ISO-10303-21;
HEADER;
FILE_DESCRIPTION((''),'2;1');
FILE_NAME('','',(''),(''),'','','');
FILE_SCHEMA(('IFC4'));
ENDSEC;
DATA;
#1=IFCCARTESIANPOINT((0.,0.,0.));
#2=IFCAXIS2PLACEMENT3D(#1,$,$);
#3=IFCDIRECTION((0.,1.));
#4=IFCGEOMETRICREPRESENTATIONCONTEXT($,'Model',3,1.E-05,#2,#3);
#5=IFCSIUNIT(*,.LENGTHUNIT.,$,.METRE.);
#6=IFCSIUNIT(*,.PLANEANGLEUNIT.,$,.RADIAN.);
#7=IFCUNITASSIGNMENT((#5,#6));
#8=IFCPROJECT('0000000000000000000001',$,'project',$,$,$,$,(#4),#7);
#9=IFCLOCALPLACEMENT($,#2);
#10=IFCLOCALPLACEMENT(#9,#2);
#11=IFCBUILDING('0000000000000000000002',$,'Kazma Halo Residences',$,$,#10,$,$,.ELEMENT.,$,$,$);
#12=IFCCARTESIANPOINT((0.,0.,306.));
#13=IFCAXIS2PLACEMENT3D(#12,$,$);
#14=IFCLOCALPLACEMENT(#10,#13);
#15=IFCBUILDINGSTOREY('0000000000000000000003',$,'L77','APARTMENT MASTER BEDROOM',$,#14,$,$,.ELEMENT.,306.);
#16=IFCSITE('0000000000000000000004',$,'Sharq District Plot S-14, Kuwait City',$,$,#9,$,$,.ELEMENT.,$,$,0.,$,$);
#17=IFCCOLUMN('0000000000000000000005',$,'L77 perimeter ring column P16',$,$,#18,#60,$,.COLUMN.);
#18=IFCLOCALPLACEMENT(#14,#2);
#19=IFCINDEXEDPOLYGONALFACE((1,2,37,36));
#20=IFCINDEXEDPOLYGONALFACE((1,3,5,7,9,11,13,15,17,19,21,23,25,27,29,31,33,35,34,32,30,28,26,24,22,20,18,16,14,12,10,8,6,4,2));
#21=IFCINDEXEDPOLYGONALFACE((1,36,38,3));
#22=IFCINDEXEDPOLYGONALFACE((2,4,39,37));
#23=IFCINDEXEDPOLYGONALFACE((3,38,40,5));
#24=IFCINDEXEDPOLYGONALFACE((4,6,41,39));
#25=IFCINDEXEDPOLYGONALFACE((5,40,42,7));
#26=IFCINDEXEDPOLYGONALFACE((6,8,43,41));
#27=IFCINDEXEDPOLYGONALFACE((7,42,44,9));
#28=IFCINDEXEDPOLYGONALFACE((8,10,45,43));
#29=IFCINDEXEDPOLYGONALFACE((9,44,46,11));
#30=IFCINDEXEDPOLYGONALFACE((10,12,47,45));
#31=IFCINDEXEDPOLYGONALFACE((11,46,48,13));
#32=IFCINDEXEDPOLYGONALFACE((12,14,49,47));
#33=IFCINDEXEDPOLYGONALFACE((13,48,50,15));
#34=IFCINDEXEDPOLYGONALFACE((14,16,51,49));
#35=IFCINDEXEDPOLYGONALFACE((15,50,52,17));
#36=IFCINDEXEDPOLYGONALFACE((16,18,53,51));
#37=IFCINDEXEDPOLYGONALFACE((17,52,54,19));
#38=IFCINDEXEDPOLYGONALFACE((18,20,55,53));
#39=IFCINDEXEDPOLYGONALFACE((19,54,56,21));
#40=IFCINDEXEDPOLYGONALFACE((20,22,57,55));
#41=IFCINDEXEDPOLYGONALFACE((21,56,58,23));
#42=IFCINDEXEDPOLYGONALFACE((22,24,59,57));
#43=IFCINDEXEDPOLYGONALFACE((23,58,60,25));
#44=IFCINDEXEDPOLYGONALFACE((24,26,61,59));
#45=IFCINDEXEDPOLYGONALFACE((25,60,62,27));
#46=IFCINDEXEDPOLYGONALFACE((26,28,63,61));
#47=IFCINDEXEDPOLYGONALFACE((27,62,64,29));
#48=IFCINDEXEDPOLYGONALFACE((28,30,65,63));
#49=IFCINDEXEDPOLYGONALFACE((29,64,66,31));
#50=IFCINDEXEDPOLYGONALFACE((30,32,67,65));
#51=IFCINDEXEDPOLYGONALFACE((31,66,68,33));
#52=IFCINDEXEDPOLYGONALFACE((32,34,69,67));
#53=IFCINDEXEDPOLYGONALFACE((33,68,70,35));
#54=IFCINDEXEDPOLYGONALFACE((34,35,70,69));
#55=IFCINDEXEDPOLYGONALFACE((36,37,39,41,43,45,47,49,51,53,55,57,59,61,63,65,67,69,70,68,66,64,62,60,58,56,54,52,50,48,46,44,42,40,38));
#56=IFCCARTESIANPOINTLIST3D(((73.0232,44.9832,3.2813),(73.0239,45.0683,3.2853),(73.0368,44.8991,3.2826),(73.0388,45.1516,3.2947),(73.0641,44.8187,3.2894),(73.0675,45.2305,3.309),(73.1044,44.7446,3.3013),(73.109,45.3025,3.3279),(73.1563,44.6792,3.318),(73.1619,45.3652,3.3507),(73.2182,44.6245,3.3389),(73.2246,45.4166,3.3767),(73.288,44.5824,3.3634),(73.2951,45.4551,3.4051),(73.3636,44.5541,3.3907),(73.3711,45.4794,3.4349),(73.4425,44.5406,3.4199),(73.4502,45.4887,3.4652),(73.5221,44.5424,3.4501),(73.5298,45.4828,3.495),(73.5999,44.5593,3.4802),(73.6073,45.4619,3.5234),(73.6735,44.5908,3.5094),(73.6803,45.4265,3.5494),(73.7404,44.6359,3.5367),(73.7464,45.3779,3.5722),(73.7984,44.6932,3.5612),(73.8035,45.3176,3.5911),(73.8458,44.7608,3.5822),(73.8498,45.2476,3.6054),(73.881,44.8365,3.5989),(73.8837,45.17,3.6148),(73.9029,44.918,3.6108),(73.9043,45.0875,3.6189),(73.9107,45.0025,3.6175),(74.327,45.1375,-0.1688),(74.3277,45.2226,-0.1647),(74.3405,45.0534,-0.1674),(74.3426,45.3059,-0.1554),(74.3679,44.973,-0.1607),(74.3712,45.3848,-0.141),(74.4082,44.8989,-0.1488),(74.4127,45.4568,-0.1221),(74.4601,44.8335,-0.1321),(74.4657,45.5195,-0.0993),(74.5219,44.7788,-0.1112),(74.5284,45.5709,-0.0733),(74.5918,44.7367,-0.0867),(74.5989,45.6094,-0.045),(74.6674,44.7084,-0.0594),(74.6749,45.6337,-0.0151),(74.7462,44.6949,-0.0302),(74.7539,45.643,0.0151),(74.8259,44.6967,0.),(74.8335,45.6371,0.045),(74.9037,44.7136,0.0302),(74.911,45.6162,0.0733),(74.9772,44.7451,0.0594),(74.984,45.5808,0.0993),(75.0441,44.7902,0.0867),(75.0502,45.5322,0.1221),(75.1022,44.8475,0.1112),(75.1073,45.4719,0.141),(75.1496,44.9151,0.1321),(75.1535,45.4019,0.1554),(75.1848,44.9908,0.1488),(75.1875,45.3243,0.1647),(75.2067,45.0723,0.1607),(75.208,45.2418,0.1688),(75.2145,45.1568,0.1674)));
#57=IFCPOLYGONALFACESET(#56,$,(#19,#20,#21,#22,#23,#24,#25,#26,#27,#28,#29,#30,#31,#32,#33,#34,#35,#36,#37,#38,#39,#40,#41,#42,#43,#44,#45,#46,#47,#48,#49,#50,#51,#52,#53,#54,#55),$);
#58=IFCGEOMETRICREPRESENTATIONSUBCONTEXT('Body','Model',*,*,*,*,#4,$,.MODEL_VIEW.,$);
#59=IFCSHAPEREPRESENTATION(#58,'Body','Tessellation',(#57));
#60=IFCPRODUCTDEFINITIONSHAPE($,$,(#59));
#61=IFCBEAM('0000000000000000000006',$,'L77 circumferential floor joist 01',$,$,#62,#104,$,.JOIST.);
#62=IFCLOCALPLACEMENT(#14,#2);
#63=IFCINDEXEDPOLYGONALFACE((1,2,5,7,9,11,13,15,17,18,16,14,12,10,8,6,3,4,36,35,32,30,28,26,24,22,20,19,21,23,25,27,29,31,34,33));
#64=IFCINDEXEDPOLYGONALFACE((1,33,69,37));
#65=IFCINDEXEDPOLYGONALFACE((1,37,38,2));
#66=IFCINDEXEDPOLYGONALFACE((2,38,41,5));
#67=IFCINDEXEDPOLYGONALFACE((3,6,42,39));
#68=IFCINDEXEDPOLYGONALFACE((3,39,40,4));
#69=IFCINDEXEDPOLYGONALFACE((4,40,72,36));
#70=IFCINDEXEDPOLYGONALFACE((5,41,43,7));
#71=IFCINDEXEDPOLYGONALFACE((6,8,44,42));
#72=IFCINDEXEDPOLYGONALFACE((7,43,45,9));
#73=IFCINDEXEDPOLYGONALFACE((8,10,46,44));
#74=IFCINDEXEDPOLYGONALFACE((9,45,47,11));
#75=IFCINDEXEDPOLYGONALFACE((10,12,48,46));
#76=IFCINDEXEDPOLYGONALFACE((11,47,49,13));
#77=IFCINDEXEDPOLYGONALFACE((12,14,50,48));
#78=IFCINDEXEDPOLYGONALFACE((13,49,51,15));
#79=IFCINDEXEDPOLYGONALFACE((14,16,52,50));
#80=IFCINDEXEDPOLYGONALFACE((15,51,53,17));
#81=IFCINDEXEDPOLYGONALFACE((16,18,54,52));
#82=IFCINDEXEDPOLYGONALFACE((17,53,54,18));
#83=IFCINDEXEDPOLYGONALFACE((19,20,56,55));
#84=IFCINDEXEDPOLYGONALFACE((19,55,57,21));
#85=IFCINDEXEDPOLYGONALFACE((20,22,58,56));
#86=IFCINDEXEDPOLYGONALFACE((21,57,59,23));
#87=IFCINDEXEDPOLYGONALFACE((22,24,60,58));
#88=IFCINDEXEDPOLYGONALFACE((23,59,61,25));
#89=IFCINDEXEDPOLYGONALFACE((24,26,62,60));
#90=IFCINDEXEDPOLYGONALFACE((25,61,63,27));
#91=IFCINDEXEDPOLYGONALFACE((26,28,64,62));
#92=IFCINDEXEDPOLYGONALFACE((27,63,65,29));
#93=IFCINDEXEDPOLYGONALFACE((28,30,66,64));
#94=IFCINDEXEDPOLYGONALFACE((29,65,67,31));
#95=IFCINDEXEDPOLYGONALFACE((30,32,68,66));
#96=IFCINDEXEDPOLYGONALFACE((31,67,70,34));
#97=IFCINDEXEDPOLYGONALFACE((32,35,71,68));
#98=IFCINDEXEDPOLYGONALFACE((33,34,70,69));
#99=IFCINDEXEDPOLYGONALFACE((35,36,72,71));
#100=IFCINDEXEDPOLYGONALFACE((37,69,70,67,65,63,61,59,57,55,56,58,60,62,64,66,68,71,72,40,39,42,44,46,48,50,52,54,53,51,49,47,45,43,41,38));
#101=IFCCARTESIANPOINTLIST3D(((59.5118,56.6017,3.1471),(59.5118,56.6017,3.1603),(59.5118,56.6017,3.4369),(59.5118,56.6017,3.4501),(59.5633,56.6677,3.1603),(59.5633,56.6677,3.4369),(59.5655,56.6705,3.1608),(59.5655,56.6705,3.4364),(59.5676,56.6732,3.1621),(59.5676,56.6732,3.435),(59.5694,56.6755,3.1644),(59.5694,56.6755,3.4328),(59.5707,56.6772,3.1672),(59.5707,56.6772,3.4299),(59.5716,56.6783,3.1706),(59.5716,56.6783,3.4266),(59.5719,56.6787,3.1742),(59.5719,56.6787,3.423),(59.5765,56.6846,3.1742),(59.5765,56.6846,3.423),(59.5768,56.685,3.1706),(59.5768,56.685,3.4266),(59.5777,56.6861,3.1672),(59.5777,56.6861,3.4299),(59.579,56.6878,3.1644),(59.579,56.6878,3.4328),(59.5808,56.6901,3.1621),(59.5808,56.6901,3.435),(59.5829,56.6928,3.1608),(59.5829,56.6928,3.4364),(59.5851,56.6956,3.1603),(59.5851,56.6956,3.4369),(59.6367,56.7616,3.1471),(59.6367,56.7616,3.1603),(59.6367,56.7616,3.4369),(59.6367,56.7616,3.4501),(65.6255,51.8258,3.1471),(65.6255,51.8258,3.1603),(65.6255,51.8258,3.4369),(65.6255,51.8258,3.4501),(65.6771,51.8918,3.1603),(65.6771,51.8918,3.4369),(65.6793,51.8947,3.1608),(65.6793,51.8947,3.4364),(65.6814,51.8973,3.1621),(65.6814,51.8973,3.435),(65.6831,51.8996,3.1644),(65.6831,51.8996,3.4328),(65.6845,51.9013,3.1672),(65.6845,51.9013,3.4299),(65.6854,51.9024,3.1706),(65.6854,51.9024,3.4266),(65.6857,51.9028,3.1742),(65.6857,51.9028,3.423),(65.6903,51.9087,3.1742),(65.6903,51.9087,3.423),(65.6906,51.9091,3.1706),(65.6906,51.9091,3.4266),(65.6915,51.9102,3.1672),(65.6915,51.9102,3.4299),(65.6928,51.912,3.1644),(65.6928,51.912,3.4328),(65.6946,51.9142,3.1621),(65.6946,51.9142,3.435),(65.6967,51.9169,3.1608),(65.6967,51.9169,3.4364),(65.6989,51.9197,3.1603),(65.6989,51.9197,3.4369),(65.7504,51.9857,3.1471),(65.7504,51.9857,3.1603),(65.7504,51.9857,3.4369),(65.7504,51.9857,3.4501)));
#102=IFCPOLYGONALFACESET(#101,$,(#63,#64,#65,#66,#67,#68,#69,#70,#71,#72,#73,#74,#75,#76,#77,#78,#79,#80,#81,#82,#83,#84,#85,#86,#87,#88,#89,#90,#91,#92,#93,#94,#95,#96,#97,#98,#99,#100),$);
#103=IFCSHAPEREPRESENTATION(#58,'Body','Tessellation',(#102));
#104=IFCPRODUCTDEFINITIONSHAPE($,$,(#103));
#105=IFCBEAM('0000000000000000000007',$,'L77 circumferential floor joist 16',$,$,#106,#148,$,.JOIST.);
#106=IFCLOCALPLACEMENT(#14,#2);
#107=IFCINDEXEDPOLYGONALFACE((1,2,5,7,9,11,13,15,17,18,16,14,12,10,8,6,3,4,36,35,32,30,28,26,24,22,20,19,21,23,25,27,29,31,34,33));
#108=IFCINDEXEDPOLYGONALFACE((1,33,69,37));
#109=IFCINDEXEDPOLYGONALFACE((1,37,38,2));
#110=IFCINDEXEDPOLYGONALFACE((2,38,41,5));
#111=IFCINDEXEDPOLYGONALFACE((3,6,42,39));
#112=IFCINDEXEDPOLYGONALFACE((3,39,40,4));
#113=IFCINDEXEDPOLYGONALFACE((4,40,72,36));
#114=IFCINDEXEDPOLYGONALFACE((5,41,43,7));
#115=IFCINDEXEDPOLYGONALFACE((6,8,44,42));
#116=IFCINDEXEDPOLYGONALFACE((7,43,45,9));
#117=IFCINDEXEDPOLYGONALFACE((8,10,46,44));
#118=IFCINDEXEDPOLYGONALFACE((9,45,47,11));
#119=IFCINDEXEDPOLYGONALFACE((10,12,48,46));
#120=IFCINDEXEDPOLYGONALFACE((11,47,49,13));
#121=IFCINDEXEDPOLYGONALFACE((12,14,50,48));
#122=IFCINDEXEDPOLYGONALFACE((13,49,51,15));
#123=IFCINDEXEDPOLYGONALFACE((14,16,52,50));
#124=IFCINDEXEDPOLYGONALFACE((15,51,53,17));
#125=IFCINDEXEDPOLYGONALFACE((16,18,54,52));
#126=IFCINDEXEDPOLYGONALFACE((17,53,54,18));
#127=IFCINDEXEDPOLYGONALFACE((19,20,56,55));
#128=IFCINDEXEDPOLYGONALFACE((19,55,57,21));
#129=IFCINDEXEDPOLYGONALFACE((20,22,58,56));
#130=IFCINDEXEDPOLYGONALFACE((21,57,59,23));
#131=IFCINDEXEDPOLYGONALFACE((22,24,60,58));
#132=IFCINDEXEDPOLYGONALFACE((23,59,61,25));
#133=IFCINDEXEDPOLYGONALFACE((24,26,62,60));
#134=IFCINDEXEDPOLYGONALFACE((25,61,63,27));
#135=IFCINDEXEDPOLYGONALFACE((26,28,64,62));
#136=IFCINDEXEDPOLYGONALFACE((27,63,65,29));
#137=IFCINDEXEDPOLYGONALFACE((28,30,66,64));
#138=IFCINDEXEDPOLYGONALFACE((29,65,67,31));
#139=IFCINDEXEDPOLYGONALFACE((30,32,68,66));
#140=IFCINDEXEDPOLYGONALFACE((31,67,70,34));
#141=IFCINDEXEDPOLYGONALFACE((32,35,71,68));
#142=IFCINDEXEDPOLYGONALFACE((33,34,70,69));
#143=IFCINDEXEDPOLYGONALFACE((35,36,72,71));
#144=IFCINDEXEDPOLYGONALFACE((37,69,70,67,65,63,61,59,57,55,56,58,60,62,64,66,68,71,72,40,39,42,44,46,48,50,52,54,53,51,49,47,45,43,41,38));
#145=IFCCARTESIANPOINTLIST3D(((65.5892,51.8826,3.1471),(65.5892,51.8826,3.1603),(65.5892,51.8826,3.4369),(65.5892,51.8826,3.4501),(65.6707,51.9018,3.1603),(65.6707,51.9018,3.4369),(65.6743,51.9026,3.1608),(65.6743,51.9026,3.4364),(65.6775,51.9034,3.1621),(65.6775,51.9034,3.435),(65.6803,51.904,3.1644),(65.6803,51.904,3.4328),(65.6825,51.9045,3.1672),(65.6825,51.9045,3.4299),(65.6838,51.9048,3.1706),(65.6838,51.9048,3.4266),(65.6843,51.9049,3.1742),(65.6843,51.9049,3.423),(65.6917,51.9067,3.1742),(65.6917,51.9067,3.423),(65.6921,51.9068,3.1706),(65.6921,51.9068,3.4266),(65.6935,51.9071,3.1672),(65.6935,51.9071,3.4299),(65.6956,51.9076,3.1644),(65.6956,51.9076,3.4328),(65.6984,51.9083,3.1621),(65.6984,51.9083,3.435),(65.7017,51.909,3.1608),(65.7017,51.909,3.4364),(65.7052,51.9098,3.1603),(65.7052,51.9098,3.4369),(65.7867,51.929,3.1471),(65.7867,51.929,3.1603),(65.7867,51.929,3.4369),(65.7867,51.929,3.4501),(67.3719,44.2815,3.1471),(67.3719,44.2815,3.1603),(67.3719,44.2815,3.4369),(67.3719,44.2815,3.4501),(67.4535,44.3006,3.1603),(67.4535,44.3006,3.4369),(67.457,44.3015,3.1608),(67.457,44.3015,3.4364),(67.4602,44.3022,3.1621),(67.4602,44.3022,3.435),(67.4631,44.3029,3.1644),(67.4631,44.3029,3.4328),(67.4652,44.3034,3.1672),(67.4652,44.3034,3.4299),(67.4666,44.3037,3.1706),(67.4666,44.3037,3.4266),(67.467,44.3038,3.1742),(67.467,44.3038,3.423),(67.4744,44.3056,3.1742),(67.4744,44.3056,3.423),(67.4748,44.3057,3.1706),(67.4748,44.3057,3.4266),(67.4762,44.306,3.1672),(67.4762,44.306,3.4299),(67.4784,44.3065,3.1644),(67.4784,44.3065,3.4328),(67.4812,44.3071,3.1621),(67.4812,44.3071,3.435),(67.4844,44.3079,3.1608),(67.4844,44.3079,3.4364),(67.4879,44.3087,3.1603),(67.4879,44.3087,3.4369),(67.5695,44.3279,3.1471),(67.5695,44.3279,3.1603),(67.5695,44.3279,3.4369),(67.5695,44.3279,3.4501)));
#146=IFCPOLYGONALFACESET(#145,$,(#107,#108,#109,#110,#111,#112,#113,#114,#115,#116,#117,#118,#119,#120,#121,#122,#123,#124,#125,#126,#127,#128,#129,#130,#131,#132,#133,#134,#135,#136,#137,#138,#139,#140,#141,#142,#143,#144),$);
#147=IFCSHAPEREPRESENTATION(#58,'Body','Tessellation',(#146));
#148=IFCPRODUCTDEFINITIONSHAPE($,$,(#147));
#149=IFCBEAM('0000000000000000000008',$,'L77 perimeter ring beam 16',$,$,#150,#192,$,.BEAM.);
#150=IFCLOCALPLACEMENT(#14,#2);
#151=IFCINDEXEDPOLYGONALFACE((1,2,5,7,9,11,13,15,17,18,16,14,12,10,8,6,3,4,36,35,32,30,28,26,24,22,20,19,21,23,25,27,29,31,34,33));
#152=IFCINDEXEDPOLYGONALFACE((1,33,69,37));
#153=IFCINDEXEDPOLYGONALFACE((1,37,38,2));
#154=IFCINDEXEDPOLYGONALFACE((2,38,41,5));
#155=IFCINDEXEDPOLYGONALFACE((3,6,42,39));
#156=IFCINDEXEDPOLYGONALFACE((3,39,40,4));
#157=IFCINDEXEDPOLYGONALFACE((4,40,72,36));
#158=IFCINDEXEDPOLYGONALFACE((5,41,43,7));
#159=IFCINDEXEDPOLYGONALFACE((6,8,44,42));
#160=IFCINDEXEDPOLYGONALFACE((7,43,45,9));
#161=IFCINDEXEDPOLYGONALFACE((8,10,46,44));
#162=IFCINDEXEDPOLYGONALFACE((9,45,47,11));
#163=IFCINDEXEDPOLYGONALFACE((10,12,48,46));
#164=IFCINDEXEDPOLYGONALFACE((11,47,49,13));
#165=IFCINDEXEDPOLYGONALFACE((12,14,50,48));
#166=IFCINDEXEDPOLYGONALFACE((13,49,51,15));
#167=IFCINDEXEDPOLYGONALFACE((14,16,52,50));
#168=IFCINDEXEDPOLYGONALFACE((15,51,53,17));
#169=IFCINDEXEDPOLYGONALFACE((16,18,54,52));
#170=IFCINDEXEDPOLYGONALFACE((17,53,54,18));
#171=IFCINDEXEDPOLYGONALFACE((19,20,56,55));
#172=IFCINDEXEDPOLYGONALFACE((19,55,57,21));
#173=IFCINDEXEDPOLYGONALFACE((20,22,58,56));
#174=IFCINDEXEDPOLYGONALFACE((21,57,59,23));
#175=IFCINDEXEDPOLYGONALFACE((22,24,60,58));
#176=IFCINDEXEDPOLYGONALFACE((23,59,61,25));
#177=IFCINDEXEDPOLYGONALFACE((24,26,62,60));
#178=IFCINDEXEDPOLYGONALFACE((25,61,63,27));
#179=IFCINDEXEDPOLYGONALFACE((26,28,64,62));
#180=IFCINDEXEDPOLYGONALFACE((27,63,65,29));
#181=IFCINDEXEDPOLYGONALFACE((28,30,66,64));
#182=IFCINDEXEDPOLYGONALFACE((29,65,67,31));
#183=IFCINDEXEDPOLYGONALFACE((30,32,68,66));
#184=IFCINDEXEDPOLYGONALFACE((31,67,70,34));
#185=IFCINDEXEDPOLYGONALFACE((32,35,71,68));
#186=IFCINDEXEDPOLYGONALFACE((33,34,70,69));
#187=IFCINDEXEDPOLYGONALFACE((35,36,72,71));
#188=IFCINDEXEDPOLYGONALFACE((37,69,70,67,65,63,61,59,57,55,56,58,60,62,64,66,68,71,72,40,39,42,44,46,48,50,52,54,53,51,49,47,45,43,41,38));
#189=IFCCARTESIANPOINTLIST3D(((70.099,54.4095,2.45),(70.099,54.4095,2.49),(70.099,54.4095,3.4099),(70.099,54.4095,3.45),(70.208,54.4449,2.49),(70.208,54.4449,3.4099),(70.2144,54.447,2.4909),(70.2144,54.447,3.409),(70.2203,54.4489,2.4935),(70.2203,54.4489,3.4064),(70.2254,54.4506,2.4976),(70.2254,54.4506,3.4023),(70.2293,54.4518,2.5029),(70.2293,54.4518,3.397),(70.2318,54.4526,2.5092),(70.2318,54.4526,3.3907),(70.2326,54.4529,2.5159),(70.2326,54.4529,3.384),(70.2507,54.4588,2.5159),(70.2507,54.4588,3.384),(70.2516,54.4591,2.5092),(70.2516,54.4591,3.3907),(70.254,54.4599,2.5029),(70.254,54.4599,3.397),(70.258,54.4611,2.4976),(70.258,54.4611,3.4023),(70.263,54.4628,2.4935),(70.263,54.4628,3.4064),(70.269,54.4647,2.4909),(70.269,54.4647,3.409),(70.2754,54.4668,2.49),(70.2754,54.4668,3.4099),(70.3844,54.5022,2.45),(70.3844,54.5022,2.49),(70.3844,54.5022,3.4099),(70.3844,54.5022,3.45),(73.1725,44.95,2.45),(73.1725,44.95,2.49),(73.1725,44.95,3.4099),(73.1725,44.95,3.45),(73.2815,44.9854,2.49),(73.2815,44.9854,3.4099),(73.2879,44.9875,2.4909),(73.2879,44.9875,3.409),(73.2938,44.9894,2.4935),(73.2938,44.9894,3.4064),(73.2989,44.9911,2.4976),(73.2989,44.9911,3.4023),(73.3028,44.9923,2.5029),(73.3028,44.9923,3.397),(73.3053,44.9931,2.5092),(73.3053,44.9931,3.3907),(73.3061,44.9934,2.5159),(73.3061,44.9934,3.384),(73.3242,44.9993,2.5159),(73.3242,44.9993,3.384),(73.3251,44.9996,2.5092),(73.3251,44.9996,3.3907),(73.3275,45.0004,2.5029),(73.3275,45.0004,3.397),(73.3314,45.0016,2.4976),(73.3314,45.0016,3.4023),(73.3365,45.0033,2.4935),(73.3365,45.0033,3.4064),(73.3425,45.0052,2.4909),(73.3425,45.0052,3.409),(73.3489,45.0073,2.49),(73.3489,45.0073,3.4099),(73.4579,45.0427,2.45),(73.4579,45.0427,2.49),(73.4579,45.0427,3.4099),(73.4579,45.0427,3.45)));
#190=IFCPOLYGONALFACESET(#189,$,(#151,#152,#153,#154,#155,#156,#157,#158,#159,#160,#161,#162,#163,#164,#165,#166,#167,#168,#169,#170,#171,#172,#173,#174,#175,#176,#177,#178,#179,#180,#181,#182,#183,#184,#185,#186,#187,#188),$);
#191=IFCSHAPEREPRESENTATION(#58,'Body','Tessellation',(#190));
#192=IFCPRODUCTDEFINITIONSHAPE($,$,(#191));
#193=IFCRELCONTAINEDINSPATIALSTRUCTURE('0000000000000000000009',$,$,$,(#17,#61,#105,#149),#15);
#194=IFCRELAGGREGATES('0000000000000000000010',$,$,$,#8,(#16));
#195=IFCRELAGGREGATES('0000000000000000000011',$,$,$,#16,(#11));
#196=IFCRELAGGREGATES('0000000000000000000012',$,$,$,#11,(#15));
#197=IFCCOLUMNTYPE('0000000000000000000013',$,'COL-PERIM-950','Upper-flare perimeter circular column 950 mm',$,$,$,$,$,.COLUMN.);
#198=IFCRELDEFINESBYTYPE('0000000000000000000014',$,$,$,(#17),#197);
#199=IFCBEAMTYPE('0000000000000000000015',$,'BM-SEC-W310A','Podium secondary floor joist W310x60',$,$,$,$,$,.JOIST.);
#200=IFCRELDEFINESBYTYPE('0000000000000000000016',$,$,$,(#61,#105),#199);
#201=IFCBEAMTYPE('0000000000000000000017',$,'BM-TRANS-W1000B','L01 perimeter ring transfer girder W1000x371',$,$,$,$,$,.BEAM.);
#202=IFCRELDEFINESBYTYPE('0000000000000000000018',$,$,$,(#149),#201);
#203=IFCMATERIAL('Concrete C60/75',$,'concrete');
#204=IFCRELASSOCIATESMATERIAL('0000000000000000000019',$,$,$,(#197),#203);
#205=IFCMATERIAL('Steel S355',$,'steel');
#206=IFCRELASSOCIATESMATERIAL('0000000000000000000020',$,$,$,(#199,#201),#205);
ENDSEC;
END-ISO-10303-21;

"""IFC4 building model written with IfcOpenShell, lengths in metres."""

from ifc_helpers import new_model, si_unit, direction, frame, origin, origin_2d, place, context, subcontext, project, spatial, circle, i_section, extrude, material, material_profile, profile_set, type_object, element, save


model = new_model("IFC4")

# Units and contexts
model_context = context("Model", 3, precision=1e-05, world=origin(), true_north=direction((0.0, 1.0)))
body_context = subcontext(model_context, "Body", "Model", "MODEL_VIEW")
ifc_project = project(units=[si_unit("LENGTHUNIT", "METRE"), si_unit("PLANEANGLEUNIT", "RADIAN")], contexts=[model_context])

# Site, building, storey
site_placement = place(None, origin())
site = spatial("IfcSite", under=ifc_project, at=site_placement, Name="Sharq District Plot S-14, Kuwait City", CompositionType="ELEMENT", RefElevation=0.0)
building_placement = place(site_placement, origin())
building = spatial("IfcBuilding", under=site, at=building_placement, Name="Kazma Halo Residences", CompositionType="ELEMENT")
storey_placement = place(building_placement, frame((0.0, 0.0, 306.0)))
storey = spatial("IfcBuildingStorey", under=building, at=storey_placement, Name="L77", Description="APARTMENT MASTER BEDROOM", CompositionType="ELEMENT", Elevation=306.0)

# Column
ifc_material_1 = material(Name="Concrete C60/75", Category="concrete")
ifc_material_profile_1 = material_profile(ifc_material_1, circle(Radius=0.4751, at=origin_2d()), Name="CIRC950")
ifc_profile_set_1 = profile_set([ifc_material_profile_1], Name="Concrete C60/75")
column_type = type_object("IfcColumnType", Name="COL-PERIM-950", Description="Upper-flare perimeter circular column 950 mm", PredefinedType="COLUMN", material=ifc_profile_set_1)
column_placement = place(storey_placement, frame((74.77, 45.1685, 0.0), z_axis=(-0.353186, -0.0418, 0.934619), x_axis=(0.117532, -0.993069, 0.0)))
element("IfcColumn", 1, at=column_placement, inside=storey, type_object=column_type, Name="L77 perimeter ring column P16", PredefinedType="COLUMN", context=body_context, shape_type="SweptSolid", body=[
    extrude(circle(Radius=0.4751, at=origin_2d()), origin(), (0.0, 0.0, 1.0), 3.6914),
])

# Beams
ifc_material_2 = material(Name="Steel S355", Category="steel")
ifc_material_profile_2 = material_profile(ifc_material_2, i_section(OverallWidth=0.2029, OverallDepth=0.303, WebThickness=0.0076, FlangeThickness=0.0132, FilletRadius=0.0139, at=origin_2d()), Name="W310x60")
ifc_profile_set_2 = profile_set([ifc_material_profile_2], Name="Steel S355")
beam_type_1 = type_object("IfcBeamType", Name="BM-SEC-W310A", Description="Podium secondary floor joist W310x60", PredefinedType="JOIST", material=ifc_profile_set_2)
beam_1_placement = place(storey_placement, frame((65.688, 51.9058, 3.2986), z_axis=(-0.788056, 0.615604, 0.0), x_axis=(-0.615604, -0.788056, 0.0)))
element("IfcBeam", 2, at=beam_1_placement, inside=storey, type_object=beam_type_1, Name="L77 circumferential floor joist 01", PredefinedType="JOIST", context=body_context, shape_type="SweptSolid", body=[
    extrude(i_section(OverallWidth=0.2029, OverallDepth=0.303, WebThickness=0.0076, FlangeThickness=0.0132, FilletRadius=0.0139, at=origin_2d()), origin(), (0.0, 0.0, 1.0), 7.7581),
])
beam_2_placement = place(storey_placement, frame((67.4707, 44.3047, 3.2986), z_axis=(-0.228339, 0.973582, 0.0), x_axis=(-0.973582, -0.228339, 0.0)))
element("IfcBeam", 3, at=beam_2_placement, inside=storey, type_object=beam_type_1, Name="L77 circumferential floor joist 16", PredefinedType="JOIST", context=body_context, shape_type="SweptSolid", body=[
    extrude(i_section(OverallWidth=0.2029, OverallDepth=0.303, WebThickness=0.0076, FlangeThickness=0.0132, FilletRadius=0.0139, at=origin_2d()), origin(), (0.0, 0.0, 1.0), 7.8074),
])
ifc_material_profile_3 = material_profile(ifc_material_2, i_section(OverallWidth=0.3, OverallDepth=1.0, WebThickness=0.019, FlangeThickness=0.04, FilletRadius=0.0259, at=origin_2d()), Name="W1000x371")
ifc_profile_set_3 = profile_set([ifc_material_profile_3], Name="Steel S355")
beam_type_2 = type_object("IfcBeamType", Name="BM-TRANS-W1000B", Description="L01 perimeter ring transfer girder W1000x371", PredefinedType="BEAM", material=ifc_profile_set_3)
beam_3_placement = place(storey_placement, frame((73.3152, 44.9963, 2.95), z_axis=(-0.309009, 0.951059, 0.0), x_axis=(-0.951059, -0.309009, 0.0)))
element("IfcBeam", 4, at=beam_3_placement, inside=storey, type_object=beam_type_2, Name="L77 perimeter ring beam 16", PredefinedType="BEAM", context=body_context, shape_type="SweptSolid", body=[
    extrude(i_section(OverallWidth=0.3, OverallDepth=1.0, WebThickness=0.019, FlangeThickness=0.04, FilletRadius=0.0259, at=origin_2d()), origin(), (0.0, 0.0, 1.0), 9.9463),
])

save(model, "model.ifc")
